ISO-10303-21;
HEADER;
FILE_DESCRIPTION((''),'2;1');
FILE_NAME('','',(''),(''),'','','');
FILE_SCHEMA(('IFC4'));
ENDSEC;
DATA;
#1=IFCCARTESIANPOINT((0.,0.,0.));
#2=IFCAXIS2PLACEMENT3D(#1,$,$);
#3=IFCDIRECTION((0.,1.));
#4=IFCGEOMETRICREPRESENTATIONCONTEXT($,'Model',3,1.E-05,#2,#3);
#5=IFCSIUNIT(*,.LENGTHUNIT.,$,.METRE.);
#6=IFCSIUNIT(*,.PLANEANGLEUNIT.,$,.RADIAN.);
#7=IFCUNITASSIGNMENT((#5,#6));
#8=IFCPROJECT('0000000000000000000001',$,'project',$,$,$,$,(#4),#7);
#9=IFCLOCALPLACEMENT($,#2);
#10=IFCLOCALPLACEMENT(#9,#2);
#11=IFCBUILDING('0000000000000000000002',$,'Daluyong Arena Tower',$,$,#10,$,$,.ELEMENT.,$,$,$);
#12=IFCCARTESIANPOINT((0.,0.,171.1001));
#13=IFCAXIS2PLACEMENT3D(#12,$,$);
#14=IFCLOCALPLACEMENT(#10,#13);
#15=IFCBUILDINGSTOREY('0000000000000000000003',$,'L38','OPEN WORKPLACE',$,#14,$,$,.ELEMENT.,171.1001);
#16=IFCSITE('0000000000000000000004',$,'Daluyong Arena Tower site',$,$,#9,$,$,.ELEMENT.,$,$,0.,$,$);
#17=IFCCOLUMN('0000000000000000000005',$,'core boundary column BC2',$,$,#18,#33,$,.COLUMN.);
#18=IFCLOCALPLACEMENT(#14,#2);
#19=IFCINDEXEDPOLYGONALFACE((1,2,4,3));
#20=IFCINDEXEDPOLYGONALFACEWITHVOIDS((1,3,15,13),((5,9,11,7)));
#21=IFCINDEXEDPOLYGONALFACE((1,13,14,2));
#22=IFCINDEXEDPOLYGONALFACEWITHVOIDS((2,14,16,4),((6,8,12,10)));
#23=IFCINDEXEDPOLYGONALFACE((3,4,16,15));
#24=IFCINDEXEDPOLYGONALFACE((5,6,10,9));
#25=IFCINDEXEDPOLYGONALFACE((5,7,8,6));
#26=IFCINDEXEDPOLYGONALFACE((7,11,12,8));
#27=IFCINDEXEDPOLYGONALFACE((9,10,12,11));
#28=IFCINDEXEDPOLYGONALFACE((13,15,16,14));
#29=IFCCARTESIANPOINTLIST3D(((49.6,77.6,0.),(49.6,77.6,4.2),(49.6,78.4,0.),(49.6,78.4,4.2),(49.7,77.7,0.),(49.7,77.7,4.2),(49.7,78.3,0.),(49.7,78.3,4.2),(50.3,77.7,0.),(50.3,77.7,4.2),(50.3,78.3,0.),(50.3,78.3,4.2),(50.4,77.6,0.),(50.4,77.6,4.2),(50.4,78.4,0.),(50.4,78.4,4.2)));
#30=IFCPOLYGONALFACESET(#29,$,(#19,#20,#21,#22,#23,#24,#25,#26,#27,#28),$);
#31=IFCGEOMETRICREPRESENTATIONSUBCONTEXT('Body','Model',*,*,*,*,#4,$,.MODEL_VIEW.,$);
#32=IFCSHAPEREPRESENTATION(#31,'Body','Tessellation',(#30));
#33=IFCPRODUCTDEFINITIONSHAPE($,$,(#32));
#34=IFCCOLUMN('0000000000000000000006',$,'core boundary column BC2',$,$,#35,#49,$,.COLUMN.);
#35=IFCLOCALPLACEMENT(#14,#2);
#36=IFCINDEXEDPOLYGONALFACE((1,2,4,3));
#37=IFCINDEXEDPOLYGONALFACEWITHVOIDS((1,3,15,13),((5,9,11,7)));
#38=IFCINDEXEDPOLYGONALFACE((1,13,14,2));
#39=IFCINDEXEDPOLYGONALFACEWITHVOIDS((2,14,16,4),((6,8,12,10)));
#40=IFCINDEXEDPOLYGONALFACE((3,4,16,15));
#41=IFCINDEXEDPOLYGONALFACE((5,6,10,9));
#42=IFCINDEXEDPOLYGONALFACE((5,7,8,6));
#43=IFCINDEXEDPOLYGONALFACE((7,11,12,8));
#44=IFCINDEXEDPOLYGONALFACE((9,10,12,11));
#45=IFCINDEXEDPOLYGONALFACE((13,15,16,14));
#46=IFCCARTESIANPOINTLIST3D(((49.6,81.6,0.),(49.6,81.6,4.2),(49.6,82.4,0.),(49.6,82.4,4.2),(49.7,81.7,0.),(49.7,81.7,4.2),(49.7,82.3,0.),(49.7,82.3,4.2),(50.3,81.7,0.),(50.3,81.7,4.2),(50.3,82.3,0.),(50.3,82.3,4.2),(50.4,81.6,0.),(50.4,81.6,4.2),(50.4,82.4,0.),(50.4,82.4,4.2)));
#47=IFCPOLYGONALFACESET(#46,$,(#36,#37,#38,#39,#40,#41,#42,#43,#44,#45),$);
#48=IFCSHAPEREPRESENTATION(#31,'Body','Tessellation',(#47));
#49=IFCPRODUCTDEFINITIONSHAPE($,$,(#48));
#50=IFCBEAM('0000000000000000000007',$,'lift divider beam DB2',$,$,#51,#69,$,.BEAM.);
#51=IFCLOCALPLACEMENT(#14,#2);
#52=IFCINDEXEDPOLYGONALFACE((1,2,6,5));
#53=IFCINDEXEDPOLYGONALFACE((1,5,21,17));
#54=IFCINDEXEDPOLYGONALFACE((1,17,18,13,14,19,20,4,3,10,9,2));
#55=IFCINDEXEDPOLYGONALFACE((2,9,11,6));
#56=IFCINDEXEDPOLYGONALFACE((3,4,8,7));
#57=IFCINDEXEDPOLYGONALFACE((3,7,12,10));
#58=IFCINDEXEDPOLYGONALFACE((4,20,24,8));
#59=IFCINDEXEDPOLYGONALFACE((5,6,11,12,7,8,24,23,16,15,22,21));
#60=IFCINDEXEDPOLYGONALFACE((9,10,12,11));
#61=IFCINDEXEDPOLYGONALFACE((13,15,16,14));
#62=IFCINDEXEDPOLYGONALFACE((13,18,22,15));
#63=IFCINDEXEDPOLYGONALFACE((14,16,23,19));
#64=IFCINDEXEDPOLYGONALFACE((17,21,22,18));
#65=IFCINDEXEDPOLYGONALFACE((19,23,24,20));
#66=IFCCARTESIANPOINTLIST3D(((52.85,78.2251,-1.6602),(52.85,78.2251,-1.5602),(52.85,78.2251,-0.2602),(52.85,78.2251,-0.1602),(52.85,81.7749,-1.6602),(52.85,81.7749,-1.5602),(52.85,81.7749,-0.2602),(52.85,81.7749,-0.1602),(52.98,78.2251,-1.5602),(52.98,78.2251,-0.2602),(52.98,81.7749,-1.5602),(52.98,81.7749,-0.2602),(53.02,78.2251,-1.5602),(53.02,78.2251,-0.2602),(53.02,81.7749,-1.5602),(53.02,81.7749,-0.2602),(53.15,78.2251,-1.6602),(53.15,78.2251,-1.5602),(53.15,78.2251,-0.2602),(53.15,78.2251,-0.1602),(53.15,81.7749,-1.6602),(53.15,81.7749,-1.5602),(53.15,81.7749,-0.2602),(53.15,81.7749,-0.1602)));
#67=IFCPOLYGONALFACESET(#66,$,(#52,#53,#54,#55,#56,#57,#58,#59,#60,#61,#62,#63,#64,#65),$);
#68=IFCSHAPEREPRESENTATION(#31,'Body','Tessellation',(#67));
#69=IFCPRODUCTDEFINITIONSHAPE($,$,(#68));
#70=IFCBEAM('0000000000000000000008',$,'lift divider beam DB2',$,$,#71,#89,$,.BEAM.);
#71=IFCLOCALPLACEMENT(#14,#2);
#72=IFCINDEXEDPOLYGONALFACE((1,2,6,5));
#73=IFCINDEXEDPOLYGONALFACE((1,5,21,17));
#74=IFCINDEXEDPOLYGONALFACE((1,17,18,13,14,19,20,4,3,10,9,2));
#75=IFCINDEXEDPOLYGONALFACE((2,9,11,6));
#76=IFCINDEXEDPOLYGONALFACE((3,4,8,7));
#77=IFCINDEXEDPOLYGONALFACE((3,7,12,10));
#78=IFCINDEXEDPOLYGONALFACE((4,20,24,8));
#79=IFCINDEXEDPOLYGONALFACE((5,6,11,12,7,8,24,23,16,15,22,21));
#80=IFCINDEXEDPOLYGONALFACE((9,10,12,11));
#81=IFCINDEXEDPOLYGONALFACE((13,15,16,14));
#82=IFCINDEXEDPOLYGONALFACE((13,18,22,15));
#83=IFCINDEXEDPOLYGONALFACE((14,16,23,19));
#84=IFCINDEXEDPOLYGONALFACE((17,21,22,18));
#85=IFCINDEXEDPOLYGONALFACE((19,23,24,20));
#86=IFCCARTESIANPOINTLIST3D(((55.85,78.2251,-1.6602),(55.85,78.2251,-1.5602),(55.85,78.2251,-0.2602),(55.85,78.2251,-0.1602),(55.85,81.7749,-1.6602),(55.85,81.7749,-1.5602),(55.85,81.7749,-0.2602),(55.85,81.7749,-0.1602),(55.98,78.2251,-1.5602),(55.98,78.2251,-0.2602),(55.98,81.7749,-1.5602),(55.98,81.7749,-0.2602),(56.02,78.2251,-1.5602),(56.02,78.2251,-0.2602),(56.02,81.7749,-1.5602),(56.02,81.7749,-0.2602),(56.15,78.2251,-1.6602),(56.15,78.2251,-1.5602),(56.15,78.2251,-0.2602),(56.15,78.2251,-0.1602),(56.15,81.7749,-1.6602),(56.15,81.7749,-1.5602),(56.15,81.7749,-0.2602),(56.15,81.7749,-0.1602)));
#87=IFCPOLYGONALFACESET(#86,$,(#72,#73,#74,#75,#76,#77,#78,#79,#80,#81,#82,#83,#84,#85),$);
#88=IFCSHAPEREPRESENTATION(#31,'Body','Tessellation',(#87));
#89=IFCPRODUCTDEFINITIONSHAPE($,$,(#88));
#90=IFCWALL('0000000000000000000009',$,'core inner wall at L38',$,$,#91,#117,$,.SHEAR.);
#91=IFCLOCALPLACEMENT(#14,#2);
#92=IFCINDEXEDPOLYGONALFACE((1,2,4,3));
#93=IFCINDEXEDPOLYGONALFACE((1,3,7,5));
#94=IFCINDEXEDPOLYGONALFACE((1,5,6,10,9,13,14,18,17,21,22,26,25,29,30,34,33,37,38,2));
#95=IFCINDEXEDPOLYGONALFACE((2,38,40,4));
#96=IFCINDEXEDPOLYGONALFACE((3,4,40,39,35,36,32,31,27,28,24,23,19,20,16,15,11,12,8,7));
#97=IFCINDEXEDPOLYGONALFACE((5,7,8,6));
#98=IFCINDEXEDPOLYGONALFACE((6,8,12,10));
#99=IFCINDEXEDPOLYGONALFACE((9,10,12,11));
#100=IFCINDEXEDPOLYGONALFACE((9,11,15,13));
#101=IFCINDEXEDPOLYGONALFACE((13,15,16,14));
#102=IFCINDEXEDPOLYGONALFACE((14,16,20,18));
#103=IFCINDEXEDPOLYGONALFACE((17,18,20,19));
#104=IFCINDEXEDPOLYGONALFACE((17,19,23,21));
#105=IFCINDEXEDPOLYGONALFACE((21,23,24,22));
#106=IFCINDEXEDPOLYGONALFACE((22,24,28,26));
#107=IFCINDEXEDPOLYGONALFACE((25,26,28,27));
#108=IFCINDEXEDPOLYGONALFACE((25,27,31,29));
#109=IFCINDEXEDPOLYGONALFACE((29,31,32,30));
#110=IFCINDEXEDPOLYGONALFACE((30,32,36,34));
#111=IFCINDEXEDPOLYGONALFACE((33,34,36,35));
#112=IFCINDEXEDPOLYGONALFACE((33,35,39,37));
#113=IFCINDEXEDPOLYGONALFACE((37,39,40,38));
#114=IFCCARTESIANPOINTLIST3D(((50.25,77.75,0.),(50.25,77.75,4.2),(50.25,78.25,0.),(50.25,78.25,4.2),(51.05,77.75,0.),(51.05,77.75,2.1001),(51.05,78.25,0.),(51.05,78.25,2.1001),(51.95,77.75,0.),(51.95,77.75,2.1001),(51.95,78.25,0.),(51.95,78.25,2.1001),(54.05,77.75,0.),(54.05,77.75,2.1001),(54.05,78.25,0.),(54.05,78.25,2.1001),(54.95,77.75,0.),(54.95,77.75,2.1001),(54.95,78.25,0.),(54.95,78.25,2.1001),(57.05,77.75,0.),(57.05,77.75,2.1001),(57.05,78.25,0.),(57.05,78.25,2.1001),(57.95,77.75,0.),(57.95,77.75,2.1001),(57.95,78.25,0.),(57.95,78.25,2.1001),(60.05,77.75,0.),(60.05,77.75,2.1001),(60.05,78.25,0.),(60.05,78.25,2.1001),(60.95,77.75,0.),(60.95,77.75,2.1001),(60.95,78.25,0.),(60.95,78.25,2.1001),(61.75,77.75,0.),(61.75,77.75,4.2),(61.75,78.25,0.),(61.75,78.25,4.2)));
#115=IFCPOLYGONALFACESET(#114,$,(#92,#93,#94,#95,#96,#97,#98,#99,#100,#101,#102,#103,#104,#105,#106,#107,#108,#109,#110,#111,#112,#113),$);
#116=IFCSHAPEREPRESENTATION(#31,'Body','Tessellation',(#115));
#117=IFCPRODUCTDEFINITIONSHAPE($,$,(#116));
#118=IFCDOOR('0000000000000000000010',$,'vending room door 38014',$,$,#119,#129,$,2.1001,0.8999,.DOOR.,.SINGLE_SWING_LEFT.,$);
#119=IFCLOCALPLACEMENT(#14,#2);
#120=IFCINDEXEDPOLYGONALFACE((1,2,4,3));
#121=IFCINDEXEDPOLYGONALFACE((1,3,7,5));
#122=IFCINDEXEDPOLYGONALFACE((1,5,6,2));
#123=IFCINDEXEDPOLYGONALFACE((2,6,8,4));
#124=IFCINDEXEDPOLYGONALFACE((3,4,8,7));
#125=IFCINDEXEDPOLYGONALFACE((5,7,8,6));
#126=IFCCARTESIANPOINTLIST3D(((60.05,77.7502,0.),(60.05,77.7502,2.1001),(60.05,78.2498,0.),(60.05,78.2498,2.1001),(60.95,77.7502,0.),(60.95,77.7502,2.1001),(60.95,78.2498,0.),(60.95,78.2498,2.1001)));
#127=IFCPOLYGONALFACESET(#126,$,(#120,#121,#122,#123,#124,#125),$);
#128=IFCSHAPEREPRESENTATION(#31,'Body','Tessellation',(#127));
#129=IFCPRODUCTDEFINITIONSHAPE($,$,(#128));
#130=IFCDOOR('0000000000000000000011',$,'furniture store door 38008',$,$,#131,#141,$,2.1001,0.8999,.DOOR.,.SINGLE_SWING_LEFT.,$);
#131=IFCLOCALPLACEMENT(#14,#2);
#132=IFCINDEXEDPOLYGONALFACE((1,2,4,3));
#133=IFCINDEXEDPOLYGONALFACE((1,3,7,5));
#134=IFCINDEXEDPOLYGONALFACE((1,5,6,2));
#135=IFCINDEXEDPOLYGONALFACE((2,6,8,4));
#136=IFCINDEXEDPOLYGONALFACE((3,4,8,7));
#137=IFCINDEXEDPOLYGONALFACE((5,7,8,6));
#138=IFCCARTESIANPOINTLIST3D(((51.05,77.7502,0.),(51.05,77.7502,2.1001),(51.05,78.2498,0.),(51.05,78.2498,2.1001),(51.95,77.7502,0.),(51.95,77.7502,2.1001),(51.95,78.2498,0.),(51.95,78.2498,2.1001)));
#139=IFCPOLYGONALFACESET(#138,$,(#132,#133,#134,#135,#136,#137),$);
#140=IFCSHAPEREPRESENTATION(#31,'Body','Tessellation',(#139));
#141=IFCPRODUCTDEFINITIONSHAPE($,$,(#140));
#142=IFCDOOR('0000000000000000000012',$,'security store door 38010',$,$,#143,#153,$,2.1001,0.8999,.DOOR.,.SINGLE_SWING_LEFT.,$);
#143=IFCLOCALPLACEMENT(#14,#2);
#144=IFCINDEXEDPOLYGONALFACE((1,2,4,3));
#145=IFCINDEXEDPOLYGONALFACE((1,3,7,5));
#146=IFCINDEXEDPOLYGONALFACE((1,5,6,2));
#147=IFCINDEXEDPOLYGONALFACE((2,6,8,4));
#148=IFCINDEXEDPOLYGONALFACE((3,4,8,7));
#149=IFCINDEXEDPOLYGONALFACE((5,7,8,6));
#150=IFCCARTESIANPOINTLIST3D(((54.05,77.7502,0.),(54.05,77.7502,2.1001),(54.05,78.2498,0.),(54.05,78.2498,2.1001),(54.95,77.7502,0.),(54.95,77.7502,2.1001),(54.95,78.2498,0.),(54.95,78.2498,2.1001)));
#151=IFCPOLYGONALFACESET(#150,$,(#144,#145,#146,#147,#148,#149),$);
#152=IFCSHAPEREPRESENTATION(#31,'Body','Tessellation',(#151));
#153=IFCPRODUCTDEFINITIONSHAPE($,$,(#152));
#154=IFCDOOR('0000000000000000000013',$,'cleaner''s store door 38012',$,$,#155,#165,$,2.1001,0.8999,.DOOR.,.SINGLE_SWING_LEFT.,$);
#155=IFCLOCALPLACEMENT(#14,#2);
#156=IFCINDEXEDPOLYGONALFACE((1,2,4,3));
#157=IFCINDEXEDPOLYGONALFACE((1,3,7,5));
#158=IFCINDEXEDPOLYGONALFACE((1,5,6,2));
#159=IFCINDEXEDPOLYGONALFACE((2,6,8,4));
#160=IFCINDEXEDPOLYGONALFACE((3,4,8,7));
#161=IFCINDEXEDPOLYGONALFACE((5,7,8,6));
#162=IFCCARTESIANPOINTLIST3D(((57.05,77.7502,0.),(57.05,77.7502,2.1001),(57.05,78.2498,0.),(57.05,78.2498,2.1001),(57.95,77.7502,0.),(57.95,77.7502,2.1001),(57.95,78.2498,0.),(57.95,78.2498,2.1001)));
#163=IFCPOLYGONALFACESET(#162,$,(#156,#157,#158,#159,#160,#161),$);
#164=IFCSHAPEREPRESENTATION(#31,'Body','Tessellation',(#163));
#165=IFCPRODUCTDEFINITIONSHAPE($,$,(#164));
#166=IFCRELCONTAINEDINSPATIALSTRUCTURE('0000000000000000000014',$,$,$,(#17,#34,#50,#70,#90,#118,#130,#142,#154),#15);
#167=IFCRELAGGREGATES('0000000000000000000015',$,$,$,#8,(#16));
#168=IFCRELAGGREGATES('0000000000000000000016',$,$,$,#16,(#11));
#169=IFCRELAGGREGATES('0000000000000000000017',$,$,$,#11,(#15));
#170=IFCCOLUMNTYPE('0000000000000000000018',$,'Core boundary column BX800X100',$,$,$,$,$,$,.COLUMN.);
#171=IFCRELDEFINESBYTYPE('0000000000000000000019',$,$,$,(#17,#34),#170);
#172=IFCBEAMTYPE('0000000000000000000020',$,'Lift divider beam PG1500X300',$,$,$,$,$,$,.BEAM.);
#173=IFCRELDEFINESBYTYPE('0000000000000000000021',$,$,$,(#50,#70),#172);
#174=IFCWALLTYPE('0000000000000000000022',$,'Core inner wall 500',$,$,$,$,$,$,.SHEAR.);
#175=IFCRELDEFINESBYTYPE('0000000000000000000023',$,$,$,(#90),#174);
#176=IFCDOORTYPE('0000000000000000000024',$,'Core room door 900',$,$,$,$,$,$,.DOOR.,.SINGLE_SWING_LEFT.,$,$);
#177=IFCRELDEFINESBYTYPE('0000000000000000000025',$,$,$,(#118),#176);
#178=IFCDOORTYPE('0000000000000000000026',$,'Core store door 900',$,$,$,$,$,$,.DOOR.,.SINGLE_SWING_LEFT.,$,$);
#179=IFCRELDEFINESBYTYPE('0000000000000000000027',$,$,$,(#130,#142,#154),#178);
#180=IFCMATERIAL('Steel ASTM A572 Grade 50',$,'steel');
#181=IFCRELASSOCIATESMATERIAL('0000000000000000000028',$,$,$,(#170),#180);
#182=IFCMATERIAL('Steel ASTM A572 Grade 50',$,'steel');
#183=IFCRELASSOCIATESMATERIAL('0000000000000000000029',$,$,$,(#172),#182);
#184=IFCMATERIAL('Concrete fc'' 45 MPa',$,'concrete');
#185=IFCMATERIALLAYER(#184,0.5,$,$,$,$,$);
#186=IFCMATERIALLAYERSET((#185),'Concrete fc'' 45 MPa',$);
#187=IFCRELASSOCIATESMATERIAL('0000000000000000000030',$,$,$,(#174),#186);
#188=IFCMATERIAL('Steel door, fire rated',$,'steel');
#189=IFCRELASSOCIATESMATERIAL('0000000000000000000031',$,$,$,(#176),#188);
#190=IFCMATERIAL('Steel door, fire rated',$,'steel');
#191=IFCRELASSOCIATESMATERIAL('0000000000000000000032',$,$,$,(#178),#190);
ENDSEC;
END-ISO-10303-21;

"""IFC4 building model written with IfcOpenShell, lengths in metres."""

from ifc_helpers import new_model, si_unit, direction, frame, frame_2d, origin, origin_2d, place, context, subcontext, project, spatial, rectangle, hollow_rectangle, i_section, extrude, material, layer, layer_set, material_profile, profile_set, type_object, element, fill, save


model = new_model("IFC4")

# Units and contexts
model_context = context("Model", 3, precision=1e-05, world=origin(), true_north=direction((0.0, 1.0)))
body_context = subcontext(model_context, "Body", "Model", "MODEL_VIEW")
ifc_project = project(units=[si_unit("LENGTHUNIT", "METRE"), si_unit("PLANEANGLEUNIT", "RADIAN")], contexts=[model_context])

# Site, building, storey
site_placement = place(None, origin())
site = spatial("IfcSite", under=ifc_project, at=site_placement, Name="Daluyong Arena Tower site", CompositionType="ELEMENT", RefElevation=0.0)
building_placement = place(site_placement, origin())
building = spatial("IfcBuilding", under=site, at=building_placement, Name="Daluyong Arena Tower", CompositionType="ELEMENT")
storey_placement = place(building_placement, frame((0.0, 0.0, 171.1001)))
storey = spatial("IfcBuildingStorey", under=building, at=storey_placement, Name="L38", Description="OPEN WORKPLACE", CompositionType="ELEMENT", Elevation=171.1001)

# Columns
ifc_material_1 = material(Name="Steel ASTM A572 Grade 50", Category="steel")
ifc_material_profile_1 = material_profile(ifc_material_1, hollow_rectangle(XDim=0.8, YDim=0.8, WallThickness=0.1, at=origin_2d()))
ifc_profile_set_1 = profile_set([ifc_material_profile_1], Name="Steel ASTM A572 Grade 50")
column_type = type_object("IfcColumnType", Name="Core boundary column BX800X100", PredefinedType="COLUMN", material=ifc_profile_set_1)
for number, where, z_axis, x_axis, name in (
    (1, (50.0, 78.0, 0.0), (0.0, 0.0, 1.0), (1.0, 0.0, 0.0), "core boundary column BC2"),
    (2, (50.0, 82.0, 0.0), (0.0, 0.0, 1.0), (1.0, 0.0, 0.0), "core boundary column BC2"),
):
    element("IfcColumn", number, at=place(storey_placement, frame(where, z_axis=z_axis, x_axis=x_axis)), inside=storey, type_object=column_type, Name=name, PredefinedType="COLUMN", context=body_context, shape_type="SweptSolid", body=[
        extrude(hollow_rectangle(XDim=0.8, YDim=0.8, WallThickness=0.1, at=origin_2d()), origin(), (0.0, 0.0, 1.0), 4.2),
    ])

# Beams
ifc_material_2 = material(Name="Steel ASTM A572 Grade 50", Category="steel")
ifc_material_profile_2 = material_profile(ifc_material_2, i_section(OverallWidth=0.3, OverallDepth=1.5, WebThickness=0.04, FlangeThickness=0.1, at=origin_2d()))
ifc_profile_set_2 = profile_set([ifc_material_profile_2], Name="Steel ASTM A572 Grade 50")
beam_type = type_object("IfcBeamType", Name="Lift divider beam PG1500X300", PredefinedType="BEAM", material=ifc_profile_set_2)
for number, where, z_axis, x_axis, name in (
    (3, (53.0, 78.2251, -0.9102), (0.0, 1.0, 0.0), (-1.0, 0.0, 0.0), "lift divider beam DB2"),
    (4, (56.0, 78.2251, -0.9102), (0.0, 1.0, 0.0), (-1.0, 0.0, 0.0), "lift divider beam DB2"),
):
    element("IfcBeam", number, at=place(storey_placement, frame(where, z_axis=z_axis, x_axis=x_axis)), inside=storey, type_object=beam_type, Name=name, PredefinedType="BEAM", context=body_context, shape_type="SweptSolid", body=[
        extrude(i_section(OverallWidth=0.3, OverallDepth=1.5, WebThickness=0.04, FlangeThickness=0.1, at=origin_2d()), origin(), (0.0, 0.0, 1.0), 3.5498),
    ])

# Wall, openings, doors
ifc_material_3 = material(Name="Concrete fc' 45 MPa", Category="concrete")
ifc_layer_1 = layer(ifc_material_3, 0.5)
ifc_layer_set_1 = layer_set([ifc_layer_1], Name="Concrete fc' 45 MPa")
wall_type_1 = type_object("IfcWallType", Name="Core inner wall 500", PredefinedType="SHEAR", material=ifc_layer_set_1)
wall_1_placement = place(storey_placement, frame((50.25, 78.0, 0.0), z_axis=(0.0, 0.0, 1.0), x_axis=(1.0, 0.0, 0.0)))
wall_1 = element("IfcWall", 5, at=wall_1_placement, inside=storey, type_object=wall_type_1, Name="core inner wall at L38", PredefinedType="SHEAR", context=body_context, shape_type="SweptSolid", body=[
    extrude(rectangle(XDim=11.5, YDim=0.5, at=frame_2d((5.75, 0.0))), origin(), (0.0, 0.0, 1.0), 4.2),
])
opening_1_placement = place(wall_1_placement, frame((0.8, 0.0, 0.0)))
opening_1 = element("IfcOpeningElement", 6, at=opening_1_placement, cuts=wall_1, PredefinedType="OPENING", context=body_context, shape_type="SweptSolid", body=[
    extrude(rectangle(XDim=0.8999, YDim=2.1001, at=frame_2d((0.45, 1.05))), frame((0.0, 0.26, 0.0), z_axis=(0.0, -1.0, 0.0), x_axis=(1.0, 0.0, 0.0)), (0.0, 0.0, 1.0), 0.52),
])
opening_2_placement = place(wall_1_placement, frame((3.8, 0.0, 0.0)))
opening_2 = element("IfcOpeningElement", 7, at=opening_2_placement, cuts=wall_1, PredefinedType="OPENING", context=body_context, shape_type="SweptSolid", body=[
    extrude(rectangle(XDim=0.8999, YDim=2.1001, at=frame_2d((0.45, 1.05))), frame((0.0, 0.26, 0.0), z_axis=(0.0, -1.0, 0.0), x_axis=(1.0, 0.0, 0.0)), (0.0, 0.0, 1.0), 0.52),
])
opening_3_placement = place(wall_1_placement, frame((6.8, 0.0, 0.0)))
opening_3 = element("IfcOpeningElement", 8, at=opening_3_placement, cuts=wall_1, PredefinedType="OPENING", context=body_context, shape_type="SweptSolid", body=[
    extrude(rectangle(XDim=0.8999, YDim=2.1001, at=frame_2d((0.45, 1.05))), frame((0.0, 0.26, 0.0), z_axis=(0.0, -1.0, 0.0), x_axis=(1.0, 0.0, 0.0)), (0.0, 0.0, 1.0), 0.52),
])
opening_4_placement = place(wall_1_placement, frame((9.8, 0.0, 0.0)))
opening_4 = element("IfcOpeningElement", 9, at=opening_4_placement, cuts=wall_1, PredefinedType="OPENING", context=body_context, shape_type="SweptSolid", body=[
    extrude(rectangle(XDim=0.8999, YDim=2.1001, at=frame_2d((0.45, 1.05))), frame((0.0, 0.26, 0.0), z_axis=(0.0, -1.0, 0.0), x_axis=(1.0, 0.0, 0.0)), (0.0, 0.0, 1.0), 0.52),
])
ifc_material_4 = material(Name="Steel door, fire rated", Category="steel")
door_type_1 = type_object("IfcDoorType", Name="Core room door 900", OperationType="SINGLE_SWING_LEFT", PredefinedType="DOOR", material=ifc_material_4)
door_1_placement = place(opening_4_placement, origin())
door_1 = element("IfcDoor", 10, at=door_1_placement, inside=storey, type_object=door_type_1, Name="vending room door 38014", OperationType="SINGLE_SWING_LEFT", OverallHeight=2.1001, OverallWidth=0.8999, PredefinedType="DOOR", context=body_context, shape_type="SweptSolid", body=[
    extrude(rectangle(XDim=0.8999, YDim=2.1001, at=frame_2d((0.45, 1.05))), frame((0.0, 0.2498, 0.0), z_axis=(0.0, -1.0, 0.0), x_axis=(1.0, 0.0, 0.0)), (0.0, 0.0, 1.0), 0.4995),
])
fill(opening_4, door_1)
ifc_material_5 = material(Name="Steel door, fire rated", Category="steel")
door_type_2 = type_object("IfcDoorType", Name="Core store door 900", OperationType="SINGLE_SWING_LEFT", PredefinedType="DOOR", material=ifc_material_5)
door_2_placement = place(opening_1_placement, origin())
door_2 = element("IfcDoor", 11, at=door_2_placement, inside=storey, type_object=door_type_2, Name="furniture store door 38008", OperationType="SINGLE_SWING_LEFT", OverallHeight=2.1001, OverallWidth=0.8999, PredefinedType="DOOR", context=body_context, shape_type="SweptSolid", body=[
    extrude(rectangle(XDim=0.8999, YDim=2.1001, at=frame_2d((0.45, 1.05))), frame((0.0, 0.2498, 0.0), z_axis=(0.0, -1.0, 0.0), x_axis=(1.0, 0.0, 0.0)), (0.0, 0.0, 1.0), 0.4995),
])
fill(opening_1, door_2)
door_3_placement = place(opening_2_placement, origin())
door_3 = element("IfcDoor", 12, at=door_3_placement, inside=storey, type_object=door_type_2, Name="security store door 38010", OperationType="SINGLE_SWING_LEFT", OverallHeight=2.1001, OverallWidth=0.8999, PredefinedType="DOOR", context=body_context, shape_type="SweptSolid", body=[
    extrude(rectangle(XDim=0.8999, YDim=2.1001, at=frame_2d((0.45, 1.05))), frame((0.0, 0.2498, 0.0), z_axis=(0.0, -1.0, 0.0), x_axis=(1.0, 0.0, 0.0)), (0.0, 0.0, 1.0), 0.4995),
])
fill(opening_2, door_3)
door_4_placement = place(opening_3_placement, origin())
door_4 = element("IfcDoor", 13, at=door_4_placement, inside=storey, type_object=door_type_2, Name="cleaner's store door 38012", OperationType="SINGLE_SWING_LEFT", OverallHeight=2.1001, OverallWidth=0.8999, PredefinedType="DOOR", context=body_context, shape_type="SweptSolid", body=[
    extrude(rectangle(XDim=0.8999, YDim=2.1001, at=frame_2d((0.45, 1.05))), frame((0.0, 0.2498, 0.0), z_axis=(0.0, -1.0, 0.0), x_axis=(1.0, 0.0, 0.0)), (0.0, 0.0, 1.0), 0.4995),
])
fill(opening_3, door_4)

save(model, "model.ifc")
